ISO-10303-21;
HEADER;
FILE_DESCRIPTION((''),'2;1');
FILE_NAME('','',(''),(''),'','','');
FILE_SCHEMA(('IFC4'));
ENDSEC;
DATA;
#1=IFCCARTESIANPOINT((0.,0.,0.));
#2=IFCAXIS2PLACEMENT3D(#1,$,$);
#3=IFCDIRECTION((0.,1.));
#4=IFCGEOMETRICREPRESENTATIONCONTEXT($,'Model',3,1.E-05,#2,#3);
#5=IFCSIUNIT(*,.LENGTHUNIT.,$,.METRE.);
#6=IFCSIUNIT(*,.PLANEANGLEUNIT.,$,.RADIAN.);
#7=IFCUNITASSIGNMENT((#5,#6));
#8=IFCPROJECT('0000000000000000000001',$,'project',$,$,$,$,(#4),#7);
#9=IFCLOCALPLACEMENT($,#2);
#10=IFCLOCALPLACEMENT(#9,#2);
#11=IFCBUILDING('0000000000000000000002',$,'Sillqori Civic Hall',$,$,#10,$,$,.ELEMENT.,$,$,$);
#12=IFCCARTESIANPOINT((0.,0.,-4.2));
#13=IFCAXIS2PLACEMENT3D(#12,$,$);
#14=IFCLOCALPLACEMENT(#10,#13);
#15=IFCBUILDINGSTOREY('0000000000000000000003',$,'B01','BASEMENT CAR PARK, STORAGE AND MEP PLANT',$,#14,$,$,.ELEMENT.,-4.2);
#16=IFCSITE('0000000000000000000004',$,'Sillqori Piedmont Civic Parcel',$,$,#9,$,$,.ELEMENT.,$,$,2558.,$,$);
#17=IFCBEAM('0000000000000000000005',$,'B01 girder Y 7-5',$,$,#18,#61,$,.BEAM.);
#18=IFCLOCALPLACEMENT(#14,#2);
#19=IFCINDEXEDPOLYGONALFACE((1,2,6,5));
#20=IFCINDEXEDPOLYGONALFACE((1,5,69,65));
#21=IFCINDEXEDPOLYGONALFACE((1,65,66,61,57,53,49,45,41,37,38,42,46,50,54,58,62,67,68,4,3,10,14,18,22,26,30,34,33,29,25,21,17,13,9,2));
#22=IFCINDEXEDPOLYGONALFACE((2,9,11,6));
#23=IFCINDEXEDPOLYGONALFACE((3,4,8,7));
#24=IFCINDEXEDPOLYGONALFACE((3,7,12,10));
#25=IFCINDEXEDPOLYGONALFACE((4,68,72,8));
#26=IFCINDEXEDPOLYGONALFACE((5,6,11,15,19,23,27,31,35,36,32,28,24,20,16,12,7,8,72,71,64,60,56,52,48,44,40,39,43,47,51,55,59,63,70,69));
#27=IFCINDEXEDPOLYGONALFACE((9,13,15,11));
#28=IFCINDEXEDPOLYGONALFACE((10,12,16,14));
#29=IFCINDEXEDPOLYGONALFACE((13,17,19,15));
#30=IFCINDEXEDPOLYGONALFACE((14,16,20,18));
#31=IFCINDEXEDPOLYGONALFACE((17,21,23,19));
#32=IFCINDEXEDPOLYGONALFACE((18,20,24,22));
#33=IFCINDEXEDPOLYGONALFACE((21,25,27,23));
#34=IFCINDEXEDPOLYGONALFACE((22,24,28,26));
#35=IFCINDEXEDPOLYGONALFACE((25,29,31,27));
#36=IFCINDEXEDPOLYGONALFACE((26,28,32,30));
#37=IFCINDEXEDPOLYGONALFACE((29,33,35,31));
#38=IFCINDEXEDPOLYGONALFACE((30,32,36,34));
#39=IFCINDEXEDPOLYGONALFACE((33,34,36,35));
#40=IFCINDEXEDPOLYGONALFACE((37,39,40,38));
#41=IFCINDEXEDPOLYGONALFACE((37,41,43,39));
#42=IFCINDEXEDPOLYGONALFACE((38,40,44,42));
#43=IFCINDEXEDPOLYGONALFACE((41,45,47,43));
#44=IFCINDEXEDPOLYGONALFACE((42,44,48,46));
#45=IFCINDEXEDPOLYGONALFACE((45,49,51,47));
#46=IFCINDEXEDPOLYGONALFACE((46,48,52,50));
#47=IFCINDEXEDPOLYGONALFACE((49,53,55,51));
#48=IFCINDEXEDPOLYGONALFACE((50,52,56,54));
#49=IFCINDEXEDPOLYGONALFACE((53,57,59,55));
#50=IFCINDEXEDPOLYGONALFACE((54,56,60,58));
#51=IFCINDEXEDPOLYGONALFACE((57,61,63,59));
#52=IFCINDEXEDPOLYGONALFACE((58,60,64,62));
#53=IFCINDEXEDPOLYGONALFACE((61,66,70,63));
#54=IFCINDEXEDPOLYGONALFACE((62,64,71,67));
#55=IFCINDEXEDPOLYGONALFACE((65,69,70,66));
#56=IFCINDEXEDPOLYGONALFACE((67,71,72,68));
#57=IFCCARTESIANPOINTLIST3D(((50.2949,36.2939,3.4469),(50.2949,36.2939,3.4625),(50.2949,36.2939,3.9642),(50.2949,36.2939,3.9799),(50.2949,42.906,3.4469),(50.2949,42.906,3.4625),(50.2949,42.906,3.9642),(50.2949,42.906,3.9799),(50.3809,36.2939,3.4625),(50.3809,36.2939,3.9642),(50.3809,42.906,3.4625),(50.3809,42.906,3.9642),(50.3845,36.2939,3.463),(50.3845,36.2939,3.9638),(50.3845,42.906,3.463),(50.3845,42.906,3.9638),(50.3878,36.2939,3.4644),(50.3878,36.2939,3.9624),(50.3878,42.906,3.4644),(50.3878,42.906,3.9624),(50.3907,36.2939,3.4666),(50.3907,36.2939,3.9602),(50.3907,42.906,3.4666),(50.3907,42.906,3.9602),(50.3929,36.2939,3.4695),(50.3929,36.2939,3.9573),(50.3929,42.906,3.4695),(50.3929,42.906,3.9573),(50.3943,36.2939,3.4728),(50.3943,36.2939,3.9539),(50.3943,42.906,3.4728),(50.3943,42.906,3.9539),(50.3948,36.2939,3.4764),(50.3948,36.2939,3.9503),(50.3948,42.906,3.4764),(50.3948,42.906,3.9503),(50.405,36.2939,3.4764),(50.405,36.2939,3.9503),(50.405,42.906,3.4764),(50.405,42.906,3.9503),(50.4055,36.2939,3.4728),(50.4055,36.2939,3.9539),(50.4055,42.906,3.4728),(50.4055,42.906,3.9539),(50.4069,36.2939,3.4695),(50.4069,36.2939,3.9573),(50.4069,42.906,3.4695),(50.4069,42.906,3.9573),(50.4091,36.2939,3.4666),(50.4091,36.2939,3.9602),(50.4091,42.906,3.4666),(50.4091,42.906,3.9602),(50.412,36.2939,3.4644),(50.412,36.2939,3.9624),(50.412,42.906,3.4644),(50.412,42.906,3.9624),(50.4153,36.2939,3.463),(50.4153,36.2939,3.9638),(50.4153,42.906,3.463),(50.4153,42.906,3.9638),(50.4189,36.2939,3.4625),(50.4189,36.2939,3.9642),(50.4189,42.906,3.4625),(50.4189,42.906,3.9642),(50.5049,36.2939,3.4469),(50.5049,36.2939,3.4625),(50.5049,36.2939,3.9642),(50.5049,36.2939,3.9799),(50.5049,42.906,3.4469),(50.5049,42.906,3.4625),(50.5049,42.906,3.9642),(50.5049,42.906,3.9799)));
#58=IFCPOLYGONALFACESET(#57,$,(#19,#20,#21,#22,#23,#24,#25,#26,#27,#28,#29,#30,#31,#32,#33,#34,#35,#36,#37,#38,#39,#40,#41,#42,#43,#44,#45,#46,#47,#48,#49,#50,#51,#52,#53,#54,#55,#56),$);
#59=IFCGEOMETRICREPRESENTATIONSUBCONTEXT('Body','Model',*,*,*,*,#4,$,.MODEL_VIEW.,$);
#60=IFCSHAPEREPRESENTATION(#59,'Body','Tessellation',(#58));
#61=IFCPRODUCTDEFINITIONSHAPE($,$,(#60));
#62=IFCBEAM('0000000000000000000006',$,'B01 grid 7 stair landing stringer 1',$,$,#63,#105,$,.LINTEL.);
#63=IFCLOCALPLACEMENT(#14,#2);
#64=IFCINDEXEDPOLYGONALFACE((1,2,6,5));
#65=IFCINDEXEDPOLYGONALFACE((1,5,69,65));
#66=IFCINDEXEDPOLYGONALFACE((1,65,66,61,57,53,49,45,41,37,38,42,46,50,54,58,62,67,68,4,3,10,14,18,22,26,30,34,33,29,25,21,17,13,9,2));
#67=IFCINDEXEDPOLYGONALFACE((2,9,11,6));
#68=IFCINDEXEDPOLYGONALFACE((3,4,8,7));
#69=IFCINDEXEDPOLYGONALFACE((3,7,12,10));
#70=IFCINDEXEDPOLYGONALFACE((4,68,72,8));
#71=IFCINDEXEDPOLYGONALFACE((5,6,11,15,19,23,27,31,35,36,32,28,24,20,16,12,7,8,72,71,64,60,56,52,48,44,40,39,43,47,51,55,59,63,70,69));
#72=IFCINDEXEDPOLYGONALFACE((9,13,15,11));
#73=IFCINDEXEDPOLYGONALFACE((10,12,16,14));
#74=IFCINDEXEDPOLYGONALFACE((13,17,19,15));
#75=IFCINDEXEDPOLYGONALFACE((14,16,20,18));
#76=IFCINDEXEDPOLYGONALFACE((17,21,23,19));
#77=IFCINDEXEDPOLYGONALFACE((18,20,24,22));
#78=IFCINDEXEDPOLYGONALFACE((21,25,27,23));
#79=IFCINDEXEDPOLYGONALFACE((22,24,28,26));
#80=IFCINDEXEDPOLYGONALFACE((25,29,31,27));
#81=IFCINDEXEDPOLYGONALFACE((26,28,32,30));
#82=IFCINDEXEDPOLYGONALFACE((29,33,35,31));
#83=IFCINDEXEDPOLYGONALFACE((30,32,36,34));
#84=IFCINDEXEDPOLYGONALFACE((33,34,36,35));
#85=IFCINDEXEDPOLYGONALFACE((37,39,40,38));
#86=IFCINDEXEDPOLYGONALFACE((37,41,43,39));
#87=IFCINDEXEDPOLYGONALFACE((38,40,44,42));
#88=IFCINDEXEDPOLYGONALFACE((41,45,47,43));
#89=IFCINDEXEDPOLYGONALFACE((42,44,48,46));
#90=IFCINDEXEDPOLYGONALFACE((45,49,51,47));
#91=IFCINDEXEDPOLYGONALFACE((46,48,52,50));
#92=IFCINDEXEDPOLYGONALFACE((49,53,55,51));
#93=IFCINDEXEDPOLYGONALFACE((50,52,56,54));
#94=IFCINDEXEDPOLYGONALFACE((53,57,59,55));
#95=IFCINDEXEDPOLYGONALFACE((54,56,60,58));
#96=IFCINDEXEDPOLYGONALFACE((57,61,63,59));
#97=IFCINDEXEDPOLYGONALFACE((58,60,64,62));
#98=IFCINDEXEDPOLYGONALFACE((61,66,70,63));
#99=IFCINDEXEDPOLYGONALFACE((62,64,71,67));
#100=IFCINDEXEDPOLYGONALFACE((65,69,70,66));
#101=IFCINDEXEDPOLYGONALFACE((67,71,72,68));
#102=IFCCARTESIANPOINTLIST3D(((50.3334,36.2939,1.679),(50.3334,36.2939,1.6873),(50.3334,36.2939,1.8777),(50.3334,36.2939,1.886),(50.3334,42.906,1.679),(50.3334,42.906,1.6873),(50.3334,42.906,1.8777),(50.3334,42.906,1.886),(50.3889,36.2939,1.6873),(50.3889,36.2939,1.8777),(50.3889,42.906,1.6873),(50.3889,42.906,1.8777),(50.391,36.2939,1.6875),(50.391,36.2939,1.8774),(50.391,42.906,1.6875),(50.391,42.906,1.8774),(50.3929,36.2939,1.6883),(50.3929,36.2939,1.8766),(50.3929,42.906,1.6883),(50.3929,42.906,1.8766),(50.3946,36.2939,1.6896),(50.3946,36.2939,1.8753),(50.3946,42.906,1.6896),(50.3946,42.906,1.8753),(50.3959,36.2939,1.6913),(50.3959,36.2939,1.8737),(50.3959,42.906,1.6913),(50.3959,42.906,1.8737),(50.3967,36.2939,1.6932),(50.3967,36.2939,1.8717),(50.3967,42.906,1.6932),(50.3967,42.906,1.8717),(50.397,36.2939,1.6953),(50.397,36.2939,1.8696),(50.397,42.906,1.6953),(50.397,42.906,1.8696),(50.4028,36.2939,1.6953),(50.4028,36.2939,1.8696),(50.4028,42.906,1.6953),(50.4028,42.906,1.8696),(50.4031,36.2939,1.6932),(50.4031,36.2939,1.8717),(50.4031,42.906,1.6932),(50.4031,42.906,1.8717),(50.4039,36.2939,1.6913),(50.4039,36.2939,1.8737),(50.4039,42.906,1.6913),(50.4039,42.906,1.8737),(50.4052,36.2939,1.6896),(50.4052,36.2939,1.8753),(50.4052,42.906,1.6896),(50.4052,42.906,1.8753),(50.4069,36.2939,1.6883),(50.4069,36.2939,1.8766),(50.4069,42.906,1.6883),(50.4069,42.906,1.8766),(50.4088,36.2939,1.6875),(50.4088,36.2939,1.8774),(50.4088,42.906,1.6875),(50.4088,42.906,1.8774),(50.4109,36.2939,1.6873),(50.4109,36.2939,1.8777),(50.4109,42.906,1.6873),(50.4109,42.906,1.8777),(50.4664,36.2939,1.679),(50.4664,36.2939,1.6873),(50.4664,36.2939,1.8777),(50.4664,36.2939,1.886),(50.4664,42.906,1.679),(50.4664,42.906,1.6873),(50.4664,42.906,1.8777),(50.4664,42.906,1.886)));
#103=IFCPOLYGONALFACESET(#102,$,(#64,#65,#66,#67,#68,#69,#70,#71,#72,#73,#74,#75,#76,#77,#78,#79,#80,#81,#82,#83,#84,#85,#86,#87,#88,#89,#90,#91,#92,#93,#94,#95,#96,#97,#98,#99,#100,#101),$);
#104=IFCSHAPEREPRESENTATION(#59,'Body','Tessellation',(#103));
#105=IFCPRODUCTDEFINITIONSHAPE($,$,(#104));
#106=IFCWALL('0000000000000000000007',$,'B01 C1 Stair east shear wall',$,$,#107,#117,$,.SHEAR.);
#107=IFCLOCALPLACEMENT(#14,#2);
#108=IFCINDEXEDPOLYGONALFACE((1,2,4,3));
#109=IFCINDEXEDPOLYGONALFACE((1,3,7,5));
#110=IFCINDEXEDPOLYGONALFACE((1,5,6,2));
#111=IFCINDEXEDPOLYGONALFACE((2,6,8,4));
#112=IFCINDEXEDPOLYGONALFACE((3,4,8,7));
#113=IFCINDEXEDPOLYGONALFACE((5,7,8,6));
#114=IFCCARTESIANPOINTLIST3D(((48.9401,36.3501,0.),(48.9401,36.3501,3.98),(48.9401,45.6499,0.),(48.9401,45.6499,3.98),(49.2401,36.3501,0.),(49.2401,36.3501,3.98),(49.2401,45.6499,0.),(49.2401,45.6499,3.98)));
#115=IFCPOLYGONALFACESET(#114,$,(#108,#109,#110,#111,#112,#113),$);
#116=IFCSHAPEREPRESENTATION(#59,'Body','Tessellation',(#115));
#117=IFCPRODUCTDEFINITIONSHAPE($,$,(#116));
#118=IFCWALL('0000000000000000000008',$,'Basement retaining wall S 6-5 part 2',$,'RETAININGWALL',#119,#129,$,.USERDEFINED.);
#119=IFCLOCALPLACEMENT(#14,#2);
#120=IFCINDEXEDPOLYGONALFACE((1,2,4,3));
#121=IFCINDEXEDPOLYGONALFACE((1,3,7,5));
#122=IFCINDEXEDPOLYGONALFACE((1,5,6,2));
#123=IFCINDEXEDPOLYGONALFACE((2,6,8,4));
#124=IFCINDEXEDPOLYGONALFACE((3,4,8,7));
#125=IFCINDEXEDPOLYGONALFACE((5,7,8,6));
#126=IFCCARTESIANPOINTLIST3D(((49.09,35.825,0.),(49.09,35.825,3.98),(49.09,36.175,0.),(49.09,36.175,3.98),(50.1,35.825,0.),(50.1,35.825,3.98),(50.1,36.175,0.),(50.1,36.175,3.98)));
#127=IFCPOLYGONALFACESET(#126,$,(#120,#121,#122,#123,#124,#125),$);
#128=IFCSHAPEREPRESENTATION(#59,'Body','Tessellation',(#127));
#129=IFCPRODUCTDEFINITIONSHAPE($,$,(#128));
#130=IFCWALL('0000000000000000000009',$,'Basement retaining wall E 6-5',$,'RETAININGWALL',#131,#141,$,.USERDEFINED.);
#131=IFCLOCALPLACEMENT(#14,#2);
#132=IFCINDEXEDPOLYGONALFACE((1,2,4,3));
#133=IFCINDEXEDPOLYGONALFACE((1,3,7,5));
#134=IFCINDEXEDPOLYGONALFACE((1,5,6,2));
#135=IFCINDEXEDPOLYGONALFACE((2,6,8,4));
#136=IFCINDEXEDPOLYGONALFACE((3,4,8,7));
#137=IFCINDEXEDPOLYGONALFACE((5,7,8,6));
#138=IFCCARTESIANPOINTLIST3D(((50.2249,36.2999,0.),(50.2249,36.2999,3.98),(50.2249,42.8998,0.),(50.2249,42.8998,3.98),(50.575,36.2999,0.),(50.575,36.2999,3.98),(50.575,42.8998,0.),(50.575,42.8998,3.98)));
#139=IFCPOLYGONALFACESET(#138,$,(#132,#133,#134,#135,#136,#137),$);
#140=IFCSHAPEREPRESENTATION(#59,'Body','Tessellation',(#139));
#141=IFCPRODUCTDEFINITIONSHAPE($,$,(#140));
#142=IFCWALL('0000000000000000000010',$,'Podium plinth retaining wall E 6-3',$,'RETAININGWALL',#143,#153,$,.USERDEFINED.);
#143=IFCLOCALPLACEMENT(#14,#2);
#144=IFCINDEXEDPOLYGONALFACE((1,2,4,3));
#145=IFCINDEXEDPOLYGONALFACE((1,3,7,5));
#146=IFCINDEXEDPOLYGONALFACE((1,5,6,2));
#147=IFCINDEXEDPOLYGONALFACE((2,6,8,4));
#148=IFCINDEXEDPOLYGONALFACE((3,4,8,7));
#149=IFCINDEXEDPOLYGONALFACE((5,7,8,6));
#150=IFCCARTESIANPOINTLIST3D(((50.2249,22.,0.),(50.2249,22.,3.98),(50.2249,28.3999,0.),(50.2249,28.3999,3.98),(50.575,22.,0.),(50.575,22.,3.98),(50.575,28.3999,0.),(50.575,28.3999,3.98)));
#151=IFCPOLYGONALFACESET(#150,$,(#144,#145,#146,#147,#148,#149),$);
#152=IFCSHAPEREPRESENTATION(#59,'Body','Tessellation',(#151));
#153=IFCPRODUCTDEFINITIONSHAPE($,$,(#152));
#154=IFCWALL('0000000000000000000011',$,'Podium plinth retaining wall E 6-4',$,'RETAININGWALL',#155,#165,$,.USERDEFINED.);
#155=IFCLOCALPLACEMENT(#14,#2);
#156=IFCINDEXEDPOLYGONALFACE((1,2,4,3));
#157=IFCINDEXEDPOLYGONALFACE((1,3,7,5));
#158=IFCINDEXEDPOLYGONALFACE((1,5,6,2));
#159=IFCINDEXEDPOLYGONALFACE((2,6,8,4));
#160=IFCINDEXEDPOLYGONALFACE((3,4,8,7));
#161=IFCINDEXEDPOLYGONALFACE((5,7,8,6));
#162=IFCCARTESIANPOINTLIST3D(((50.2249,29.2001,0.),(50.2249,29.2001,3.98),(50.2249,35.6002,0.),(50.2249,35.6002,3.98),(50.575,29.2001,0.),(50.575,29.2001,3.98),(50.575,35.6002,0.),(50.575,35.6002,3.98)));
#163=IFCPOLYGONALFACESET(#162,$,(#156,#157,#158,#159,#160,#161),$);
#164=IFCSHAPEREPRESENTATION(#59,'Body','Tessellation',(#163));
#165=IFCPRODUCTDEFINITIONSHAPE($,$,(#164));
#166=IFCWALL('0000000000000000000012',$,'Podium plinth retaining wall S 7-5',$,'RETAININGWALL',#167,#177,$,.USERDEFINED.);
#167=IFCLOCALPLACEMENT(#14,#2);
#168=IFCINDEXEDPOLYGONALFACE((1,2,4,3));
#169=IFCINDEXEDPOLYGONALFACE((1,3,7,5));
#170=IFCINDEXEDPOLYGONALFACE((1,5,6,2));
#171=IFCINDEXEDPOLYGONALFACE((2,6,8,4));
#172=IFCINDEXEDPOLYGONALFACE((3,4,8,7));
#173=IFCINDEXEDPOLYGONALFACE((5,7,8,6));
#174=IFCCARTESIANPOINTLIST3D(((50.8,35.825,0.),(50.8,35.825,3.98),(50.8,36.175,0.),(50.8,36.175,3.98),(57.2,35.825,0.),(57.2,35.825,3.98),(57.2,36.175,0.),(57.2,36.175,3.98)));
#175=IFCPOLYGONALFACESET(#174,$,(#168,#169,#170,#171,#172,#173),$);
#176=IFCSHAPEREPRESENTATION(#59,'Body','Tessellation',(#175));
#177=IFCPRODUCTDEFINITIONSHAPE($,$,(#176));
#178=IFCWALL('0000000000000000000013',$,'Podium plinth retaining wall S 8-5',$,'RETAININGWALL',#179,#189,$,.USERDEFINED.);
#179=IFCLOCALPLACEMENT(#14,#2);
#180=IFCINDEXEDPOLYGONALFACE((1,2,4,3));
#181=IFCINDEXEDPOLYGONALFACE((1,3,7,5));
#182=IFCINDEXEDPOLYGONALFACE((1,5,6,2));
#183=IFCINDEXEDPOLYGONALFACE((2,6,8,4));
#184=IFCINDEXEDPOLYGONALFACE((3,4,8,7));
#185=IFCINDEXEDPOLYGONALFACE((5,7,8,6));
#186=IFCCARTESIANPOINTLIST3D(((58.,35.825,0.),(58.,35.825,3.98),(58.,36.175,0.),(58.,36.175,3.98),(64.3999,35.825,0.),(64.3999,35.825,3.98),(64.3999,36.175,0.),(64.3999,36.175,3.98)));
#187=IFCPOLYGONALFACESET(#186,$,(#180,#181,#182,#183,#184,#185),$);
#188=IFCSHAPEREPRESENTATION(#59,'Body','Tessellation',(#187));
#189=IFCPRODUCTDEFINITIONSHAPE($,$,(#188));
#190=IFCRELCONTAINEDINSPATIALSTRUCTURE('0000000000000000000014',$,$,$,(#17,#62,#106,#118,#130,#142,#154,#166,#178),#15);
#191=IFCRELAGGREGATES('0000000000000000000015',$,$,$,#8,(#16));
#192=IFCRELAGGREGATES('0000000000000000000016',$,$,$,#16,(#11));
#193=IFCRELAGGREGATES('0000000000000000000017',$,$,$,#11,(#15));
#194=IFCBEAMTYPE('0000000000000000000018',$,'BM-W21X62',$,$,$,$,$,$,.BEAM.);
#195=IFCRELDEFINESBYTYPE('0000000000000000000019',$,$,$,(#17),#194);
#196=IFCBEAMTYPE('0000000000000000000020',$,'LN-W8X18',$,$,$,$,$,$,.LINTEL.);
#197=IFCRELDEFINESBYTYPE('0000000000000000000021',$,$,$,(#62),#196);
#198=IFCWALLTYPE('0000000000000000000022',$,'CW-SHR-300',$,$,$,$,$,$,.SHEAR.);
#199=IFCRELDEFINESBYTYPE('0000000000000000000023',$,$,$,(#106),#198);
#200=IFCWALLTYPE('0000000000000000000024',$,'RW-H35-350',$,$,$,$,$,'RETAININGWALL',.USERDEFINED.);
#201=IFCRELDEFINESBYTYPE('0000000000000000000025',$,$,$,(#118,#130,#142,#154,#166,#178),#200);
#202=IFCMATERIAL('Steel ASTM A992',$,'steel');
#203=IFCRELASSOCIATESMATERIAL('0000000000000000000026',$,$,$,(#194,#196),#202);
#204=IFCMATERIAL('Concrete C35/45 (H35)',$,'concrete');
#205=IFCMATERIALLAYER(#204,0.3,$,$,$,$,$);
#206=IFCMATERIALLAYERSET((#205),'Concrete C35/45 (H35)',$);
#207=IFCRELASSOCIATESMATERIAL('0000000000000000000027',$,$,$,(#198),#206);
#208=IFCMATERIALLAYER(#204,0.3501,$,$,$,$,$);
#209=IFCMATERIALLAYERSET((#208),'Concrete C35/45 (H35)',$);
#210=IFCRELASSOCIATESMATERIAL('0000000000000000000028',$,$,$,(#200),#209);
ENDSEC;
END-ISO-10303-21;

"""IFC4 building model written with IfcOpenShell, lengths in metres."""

from ifc_helpers import new_model, si_unit, direction, frame, frame_2d, origin, origin_2d, place, context, subcontext, project, spatial, rectangle, i_section, extrude, material, layer, layer_set, material_profile, profile_set, type_object, element, save


model = new_model("IFC4")

# Units and contexts
model_context = context("Model", 3, precision=1e-05, world=origin(), true_north=direction((0.0, 1.0)))
body_context = subcontext(model_context, "Body", "Model", "MODEL_VIEW")
ifc_project = project(units=[si_unit("LENGTHUNIT", "METRE"), si_unit("PLANEANGLEUNIT", "RADIAN")], contexts=[model_context])

# Site, building, storey
site_placement = place(None, origin())
site = spatial("IfcSite", under=ifc_project, at=site_placement, Name="Sillqori Piedmont Civic Parcel", CompositionType="ELEMENT", RefElevation=2558.0)
building_placement = place(site_placement, origin())
building = spatial("IfcBuilding", under=site, at=building_placement, Name="Sillqori Civic Hall", CompositionType="ELEMENT")
storey_placement = place(building_placement, frame((0.0, 0.0, -4.2)))
storey = spatial("IfcBuildingStorey", under=building, at=storey_placement, Name="B01", Description="BASEMENT CAR PARK, STORAGE AND MEP PLANT", CompositionType="ELEMENT", Elevation=-4.2)

# Shared definitions
ifc_material_1 = material(Name="Concrete C35/45 (H35)", Category="concrete")

# Beams
ifc_material_2 = material(Name="Steel ASTM A992", Category="steel")
ifc_material_profile_1 = material_profile(ifc_material_2, i_section(OverallWidth=0.21, OverallDepth=0.533, WebThickness=0.0103, FlangeThickness=0.0156, FilletRadius=0.0139, at=origin_2d()), Name="W21X62")
ifc_profile_set_1 = profile_set([ifc_material_profile_1], Name="Steel ASTM A992")
beam_type_1 = type_object("IfcBeamType", Name="BM-W21X62", PredefinedType="BEAM", material=ifc_profile_set_1)
beam_1_placement = place(storey_placement, frame((50.3999, 36.2939, 3.7134), z_axis=(0.0, 1.0, 0.0), x_axis=(-1.0, 0.0, 0.0)))
element("IfcBeam", 1, at=beam_1_placement, inside=storey, type_object=beam_type_1, Name="B01 girder Y 7-5", PredefinedType="BEAM", context=body_context, shape_type="SweptSolid", body=[
    extrude(i_section(OverallWidth=0.21, OverallDepth=0.533, WebThickness=0.0103, FlangeThickness=0.0156, FilletRadius=0.0139, at=origin_2d()), origin(), (0.0, 0.0, 1.0), 6.6121),
])
ifc_material_profile_2 = material_profile(ifc_material_2, i_section(OverallWidth=0.1331, OverallDepth=0.207, WebThickness=0.0059, FlangeThickness=0.0083, FilletRadius=0.0081, at=origin_2d()), Name="W8X18")
ifc_profile_set_2 = profile_set([ifc_material_profile_2], Name="Steel ASTM A992")
beam_type_2 = type_object("IfcBeamType", Name="LN-W8X18", PredefinedType="LINTEL", material=ifc_profile_set_2)
beam_2_placement = place(storey_placement, frame((50.3999, 36.2939, 1.7825), z_axis=(0.0, 1.0, 0.0), x_axis=(-1.0, 0.0, 0.0)))
element("IfcBeam", 2, at=beam_2_placement, inside=storey, type_object=beam_type_2, Name="B01 grid 7 stair landing stringer 1", PredefinedType="LINTEL", context=body_context, shape_type="SweptSolid", body=[
    extrude(i_section(OverallWidth=0.1331, OverallDepth=0.207, WebThickness=0.0059, FlangeThickness=0.0083, FilletRadius=0.0081, at=origin_2d()), origin(), (0.0, 0.0, 1.0), 6.6121),
])

# Walls
ifc_layer_1 = layer(ifc_material_1, 0.3)
ifc_layer_set_1 = layer_set([ifc_layer_1], Name="Concrete C35/45 (H35)")
wall_type_1 = type_object("IfcWallType", Name="CW-SHR-300", PredefinedType="SHEAR", material=ifc_layer_set_1)
wall_1_placement = place(storey_placement, frame((49.0901, 36.3501, 0.0), z_axis=(0.0, 0.0, 1.0), x_axis=(0.0, 1.0, 0.0)))
element("IfcWall", 3, at=wall_1_placement, inside=storey, type_object=wall_type_1, Name="B01 C1 Stair east shear wall", PredefinedType="SHEAR", context=body_context, shape_type="SweptSolid", body=[
    extrude(rectangle(XDim=9.2998, YDim=0.3, at=frame_2d((4.6499, 0.0))), origin(), (0.0, 0.0, 1.0), 3.98),
])
ifc_layer_2 = layer(ifc_material_1, 0.3501)
ifc_layer_set_2 = layer_set([ifc_layer_2], Name="Concrete C35/45 (H35)")
wall_type_2 = type_object("IfcWallType", Name="RW-H35-350", ElementType="RETAININGWALL", PredefinedType="USERDEFINED", material=ifc_layer_set_2)
wall_2_placement = place(storey_placement, frame((49.0901, 36.0, 0.0), z_axis=(0.0, 0.0, 1.0), x_axis=(1.0, 0.0, 0.0)))
element("IfcWall", 4, at=wall_2_placement, inside=storey, type_object=wall_type_2, Name="Basement retaining wall S 6-5 part 2", ObjectType="RETAININGWALL", PredefinedType="USERDEFINED", context=body_context, shape_type="SweptSolid", body=[
    extrude(rectangle(XDim=1.01, YDim=0.3501, at=frame_2d((0.5049, 0.0))), origin(), (0.0, 0.0, 1.0), 3.98),
])
wall_3_placement = place(storey_placement, frame((50.3999, 36.3, 0.0), z_axis=(0.0, 0.0, 1.0), x_axis=(0.0, 1.0, 0.0)))
element("IfcWall", 5, at=wall_3_placement, inside=storey, type_object=wall_type_2, Name="Basement retaining wall E 6-5", ObjectType="RETAININGWALL", PredefinedType="USERDEFINED", context=body_context, shape_type="SweptSolid", body=[
    extrude(rectangle(XDim=6.5999, YDim=0.3501, at=frame_2d((3.2998, 0.0))), origin(), (0.0, 0.0, 1.0), 3.98),
])
wall_4_placement = place(storey_placement, frame((50.3999, 22.0, 0.0), z_axis=(0.0, 0.0, 1.0), x_axis=(0.0, 1.0, 0.0)))
element("IfcWall", 6, at=wall_4_placement, inside=storey, type_object=wall_type_2, Name="Podium plinth retaining wall E 6-3", ObjectType="RETAININGWALL", PredefinedType="USERDEFINED", context=body_context, shape_type="SweptSolid", body=[
    extrude(rectangle(XDim=6.3999, YDim=0.3501, at=frame_2d((3.2, 0.0))), origin(), (0.0, 0.0, 1.0), 3.98),
])
wall_5_placement = place(storey_placement, frame((50.3999, 29.2, 0.0), z_axis=(0.0, 0.0, 1.0), x_axis=(0.0, 1.0, 0.0)))
element("IfcWall", 7, at=wall_5_placement, inside=storey, type_object=wall_type_2, Name="Podium plinth retaining wall E 6-4", ObjectType="RETAININGWALL", PredefinedType="USERDEFINED", context=body_context, shape_type="SweptSolid", body=[
    extrude(rectangle(XDim=6.4001, YDim=0.3501, at=frame_2d((3.2002, 0.0))), origin(), (0.0, 0.0, 1.0), 3.98),
])
for number, where, z_axis, x_axis, name in (
    (8, (50.8, 36.0, 0.0), (0.0, 0.0, 1.0), (1.0, 0.0, 0.0), "Podium plinth retaining wall S 7-5"),
    (9, (58.0, 36.0, 0.0), (0.0, 0.0, 1.0), (1.0, 0.0, 0.0), "Podium plinth retaining wall S 8-5"),
):
    element("IfcWall", number, at=place(storey_placement, frame(where, z_axis=z_axis, x_axis=x_axis)), inside=storey, type_object=wall_type_2, Name=name, ObjectType="RETAININGWALL", PredefinedType="USERDEFINED", context=body_context, shape_type="SweptSolid", body=[
        extrude(rectangle(XDim=6.3999, YDim=0.3501, at=frame_2d((3.2, 0.0))), origin(), (0.0, 0.0, 1.0), 3.98),
    ])

save(model, "model.ifc")
